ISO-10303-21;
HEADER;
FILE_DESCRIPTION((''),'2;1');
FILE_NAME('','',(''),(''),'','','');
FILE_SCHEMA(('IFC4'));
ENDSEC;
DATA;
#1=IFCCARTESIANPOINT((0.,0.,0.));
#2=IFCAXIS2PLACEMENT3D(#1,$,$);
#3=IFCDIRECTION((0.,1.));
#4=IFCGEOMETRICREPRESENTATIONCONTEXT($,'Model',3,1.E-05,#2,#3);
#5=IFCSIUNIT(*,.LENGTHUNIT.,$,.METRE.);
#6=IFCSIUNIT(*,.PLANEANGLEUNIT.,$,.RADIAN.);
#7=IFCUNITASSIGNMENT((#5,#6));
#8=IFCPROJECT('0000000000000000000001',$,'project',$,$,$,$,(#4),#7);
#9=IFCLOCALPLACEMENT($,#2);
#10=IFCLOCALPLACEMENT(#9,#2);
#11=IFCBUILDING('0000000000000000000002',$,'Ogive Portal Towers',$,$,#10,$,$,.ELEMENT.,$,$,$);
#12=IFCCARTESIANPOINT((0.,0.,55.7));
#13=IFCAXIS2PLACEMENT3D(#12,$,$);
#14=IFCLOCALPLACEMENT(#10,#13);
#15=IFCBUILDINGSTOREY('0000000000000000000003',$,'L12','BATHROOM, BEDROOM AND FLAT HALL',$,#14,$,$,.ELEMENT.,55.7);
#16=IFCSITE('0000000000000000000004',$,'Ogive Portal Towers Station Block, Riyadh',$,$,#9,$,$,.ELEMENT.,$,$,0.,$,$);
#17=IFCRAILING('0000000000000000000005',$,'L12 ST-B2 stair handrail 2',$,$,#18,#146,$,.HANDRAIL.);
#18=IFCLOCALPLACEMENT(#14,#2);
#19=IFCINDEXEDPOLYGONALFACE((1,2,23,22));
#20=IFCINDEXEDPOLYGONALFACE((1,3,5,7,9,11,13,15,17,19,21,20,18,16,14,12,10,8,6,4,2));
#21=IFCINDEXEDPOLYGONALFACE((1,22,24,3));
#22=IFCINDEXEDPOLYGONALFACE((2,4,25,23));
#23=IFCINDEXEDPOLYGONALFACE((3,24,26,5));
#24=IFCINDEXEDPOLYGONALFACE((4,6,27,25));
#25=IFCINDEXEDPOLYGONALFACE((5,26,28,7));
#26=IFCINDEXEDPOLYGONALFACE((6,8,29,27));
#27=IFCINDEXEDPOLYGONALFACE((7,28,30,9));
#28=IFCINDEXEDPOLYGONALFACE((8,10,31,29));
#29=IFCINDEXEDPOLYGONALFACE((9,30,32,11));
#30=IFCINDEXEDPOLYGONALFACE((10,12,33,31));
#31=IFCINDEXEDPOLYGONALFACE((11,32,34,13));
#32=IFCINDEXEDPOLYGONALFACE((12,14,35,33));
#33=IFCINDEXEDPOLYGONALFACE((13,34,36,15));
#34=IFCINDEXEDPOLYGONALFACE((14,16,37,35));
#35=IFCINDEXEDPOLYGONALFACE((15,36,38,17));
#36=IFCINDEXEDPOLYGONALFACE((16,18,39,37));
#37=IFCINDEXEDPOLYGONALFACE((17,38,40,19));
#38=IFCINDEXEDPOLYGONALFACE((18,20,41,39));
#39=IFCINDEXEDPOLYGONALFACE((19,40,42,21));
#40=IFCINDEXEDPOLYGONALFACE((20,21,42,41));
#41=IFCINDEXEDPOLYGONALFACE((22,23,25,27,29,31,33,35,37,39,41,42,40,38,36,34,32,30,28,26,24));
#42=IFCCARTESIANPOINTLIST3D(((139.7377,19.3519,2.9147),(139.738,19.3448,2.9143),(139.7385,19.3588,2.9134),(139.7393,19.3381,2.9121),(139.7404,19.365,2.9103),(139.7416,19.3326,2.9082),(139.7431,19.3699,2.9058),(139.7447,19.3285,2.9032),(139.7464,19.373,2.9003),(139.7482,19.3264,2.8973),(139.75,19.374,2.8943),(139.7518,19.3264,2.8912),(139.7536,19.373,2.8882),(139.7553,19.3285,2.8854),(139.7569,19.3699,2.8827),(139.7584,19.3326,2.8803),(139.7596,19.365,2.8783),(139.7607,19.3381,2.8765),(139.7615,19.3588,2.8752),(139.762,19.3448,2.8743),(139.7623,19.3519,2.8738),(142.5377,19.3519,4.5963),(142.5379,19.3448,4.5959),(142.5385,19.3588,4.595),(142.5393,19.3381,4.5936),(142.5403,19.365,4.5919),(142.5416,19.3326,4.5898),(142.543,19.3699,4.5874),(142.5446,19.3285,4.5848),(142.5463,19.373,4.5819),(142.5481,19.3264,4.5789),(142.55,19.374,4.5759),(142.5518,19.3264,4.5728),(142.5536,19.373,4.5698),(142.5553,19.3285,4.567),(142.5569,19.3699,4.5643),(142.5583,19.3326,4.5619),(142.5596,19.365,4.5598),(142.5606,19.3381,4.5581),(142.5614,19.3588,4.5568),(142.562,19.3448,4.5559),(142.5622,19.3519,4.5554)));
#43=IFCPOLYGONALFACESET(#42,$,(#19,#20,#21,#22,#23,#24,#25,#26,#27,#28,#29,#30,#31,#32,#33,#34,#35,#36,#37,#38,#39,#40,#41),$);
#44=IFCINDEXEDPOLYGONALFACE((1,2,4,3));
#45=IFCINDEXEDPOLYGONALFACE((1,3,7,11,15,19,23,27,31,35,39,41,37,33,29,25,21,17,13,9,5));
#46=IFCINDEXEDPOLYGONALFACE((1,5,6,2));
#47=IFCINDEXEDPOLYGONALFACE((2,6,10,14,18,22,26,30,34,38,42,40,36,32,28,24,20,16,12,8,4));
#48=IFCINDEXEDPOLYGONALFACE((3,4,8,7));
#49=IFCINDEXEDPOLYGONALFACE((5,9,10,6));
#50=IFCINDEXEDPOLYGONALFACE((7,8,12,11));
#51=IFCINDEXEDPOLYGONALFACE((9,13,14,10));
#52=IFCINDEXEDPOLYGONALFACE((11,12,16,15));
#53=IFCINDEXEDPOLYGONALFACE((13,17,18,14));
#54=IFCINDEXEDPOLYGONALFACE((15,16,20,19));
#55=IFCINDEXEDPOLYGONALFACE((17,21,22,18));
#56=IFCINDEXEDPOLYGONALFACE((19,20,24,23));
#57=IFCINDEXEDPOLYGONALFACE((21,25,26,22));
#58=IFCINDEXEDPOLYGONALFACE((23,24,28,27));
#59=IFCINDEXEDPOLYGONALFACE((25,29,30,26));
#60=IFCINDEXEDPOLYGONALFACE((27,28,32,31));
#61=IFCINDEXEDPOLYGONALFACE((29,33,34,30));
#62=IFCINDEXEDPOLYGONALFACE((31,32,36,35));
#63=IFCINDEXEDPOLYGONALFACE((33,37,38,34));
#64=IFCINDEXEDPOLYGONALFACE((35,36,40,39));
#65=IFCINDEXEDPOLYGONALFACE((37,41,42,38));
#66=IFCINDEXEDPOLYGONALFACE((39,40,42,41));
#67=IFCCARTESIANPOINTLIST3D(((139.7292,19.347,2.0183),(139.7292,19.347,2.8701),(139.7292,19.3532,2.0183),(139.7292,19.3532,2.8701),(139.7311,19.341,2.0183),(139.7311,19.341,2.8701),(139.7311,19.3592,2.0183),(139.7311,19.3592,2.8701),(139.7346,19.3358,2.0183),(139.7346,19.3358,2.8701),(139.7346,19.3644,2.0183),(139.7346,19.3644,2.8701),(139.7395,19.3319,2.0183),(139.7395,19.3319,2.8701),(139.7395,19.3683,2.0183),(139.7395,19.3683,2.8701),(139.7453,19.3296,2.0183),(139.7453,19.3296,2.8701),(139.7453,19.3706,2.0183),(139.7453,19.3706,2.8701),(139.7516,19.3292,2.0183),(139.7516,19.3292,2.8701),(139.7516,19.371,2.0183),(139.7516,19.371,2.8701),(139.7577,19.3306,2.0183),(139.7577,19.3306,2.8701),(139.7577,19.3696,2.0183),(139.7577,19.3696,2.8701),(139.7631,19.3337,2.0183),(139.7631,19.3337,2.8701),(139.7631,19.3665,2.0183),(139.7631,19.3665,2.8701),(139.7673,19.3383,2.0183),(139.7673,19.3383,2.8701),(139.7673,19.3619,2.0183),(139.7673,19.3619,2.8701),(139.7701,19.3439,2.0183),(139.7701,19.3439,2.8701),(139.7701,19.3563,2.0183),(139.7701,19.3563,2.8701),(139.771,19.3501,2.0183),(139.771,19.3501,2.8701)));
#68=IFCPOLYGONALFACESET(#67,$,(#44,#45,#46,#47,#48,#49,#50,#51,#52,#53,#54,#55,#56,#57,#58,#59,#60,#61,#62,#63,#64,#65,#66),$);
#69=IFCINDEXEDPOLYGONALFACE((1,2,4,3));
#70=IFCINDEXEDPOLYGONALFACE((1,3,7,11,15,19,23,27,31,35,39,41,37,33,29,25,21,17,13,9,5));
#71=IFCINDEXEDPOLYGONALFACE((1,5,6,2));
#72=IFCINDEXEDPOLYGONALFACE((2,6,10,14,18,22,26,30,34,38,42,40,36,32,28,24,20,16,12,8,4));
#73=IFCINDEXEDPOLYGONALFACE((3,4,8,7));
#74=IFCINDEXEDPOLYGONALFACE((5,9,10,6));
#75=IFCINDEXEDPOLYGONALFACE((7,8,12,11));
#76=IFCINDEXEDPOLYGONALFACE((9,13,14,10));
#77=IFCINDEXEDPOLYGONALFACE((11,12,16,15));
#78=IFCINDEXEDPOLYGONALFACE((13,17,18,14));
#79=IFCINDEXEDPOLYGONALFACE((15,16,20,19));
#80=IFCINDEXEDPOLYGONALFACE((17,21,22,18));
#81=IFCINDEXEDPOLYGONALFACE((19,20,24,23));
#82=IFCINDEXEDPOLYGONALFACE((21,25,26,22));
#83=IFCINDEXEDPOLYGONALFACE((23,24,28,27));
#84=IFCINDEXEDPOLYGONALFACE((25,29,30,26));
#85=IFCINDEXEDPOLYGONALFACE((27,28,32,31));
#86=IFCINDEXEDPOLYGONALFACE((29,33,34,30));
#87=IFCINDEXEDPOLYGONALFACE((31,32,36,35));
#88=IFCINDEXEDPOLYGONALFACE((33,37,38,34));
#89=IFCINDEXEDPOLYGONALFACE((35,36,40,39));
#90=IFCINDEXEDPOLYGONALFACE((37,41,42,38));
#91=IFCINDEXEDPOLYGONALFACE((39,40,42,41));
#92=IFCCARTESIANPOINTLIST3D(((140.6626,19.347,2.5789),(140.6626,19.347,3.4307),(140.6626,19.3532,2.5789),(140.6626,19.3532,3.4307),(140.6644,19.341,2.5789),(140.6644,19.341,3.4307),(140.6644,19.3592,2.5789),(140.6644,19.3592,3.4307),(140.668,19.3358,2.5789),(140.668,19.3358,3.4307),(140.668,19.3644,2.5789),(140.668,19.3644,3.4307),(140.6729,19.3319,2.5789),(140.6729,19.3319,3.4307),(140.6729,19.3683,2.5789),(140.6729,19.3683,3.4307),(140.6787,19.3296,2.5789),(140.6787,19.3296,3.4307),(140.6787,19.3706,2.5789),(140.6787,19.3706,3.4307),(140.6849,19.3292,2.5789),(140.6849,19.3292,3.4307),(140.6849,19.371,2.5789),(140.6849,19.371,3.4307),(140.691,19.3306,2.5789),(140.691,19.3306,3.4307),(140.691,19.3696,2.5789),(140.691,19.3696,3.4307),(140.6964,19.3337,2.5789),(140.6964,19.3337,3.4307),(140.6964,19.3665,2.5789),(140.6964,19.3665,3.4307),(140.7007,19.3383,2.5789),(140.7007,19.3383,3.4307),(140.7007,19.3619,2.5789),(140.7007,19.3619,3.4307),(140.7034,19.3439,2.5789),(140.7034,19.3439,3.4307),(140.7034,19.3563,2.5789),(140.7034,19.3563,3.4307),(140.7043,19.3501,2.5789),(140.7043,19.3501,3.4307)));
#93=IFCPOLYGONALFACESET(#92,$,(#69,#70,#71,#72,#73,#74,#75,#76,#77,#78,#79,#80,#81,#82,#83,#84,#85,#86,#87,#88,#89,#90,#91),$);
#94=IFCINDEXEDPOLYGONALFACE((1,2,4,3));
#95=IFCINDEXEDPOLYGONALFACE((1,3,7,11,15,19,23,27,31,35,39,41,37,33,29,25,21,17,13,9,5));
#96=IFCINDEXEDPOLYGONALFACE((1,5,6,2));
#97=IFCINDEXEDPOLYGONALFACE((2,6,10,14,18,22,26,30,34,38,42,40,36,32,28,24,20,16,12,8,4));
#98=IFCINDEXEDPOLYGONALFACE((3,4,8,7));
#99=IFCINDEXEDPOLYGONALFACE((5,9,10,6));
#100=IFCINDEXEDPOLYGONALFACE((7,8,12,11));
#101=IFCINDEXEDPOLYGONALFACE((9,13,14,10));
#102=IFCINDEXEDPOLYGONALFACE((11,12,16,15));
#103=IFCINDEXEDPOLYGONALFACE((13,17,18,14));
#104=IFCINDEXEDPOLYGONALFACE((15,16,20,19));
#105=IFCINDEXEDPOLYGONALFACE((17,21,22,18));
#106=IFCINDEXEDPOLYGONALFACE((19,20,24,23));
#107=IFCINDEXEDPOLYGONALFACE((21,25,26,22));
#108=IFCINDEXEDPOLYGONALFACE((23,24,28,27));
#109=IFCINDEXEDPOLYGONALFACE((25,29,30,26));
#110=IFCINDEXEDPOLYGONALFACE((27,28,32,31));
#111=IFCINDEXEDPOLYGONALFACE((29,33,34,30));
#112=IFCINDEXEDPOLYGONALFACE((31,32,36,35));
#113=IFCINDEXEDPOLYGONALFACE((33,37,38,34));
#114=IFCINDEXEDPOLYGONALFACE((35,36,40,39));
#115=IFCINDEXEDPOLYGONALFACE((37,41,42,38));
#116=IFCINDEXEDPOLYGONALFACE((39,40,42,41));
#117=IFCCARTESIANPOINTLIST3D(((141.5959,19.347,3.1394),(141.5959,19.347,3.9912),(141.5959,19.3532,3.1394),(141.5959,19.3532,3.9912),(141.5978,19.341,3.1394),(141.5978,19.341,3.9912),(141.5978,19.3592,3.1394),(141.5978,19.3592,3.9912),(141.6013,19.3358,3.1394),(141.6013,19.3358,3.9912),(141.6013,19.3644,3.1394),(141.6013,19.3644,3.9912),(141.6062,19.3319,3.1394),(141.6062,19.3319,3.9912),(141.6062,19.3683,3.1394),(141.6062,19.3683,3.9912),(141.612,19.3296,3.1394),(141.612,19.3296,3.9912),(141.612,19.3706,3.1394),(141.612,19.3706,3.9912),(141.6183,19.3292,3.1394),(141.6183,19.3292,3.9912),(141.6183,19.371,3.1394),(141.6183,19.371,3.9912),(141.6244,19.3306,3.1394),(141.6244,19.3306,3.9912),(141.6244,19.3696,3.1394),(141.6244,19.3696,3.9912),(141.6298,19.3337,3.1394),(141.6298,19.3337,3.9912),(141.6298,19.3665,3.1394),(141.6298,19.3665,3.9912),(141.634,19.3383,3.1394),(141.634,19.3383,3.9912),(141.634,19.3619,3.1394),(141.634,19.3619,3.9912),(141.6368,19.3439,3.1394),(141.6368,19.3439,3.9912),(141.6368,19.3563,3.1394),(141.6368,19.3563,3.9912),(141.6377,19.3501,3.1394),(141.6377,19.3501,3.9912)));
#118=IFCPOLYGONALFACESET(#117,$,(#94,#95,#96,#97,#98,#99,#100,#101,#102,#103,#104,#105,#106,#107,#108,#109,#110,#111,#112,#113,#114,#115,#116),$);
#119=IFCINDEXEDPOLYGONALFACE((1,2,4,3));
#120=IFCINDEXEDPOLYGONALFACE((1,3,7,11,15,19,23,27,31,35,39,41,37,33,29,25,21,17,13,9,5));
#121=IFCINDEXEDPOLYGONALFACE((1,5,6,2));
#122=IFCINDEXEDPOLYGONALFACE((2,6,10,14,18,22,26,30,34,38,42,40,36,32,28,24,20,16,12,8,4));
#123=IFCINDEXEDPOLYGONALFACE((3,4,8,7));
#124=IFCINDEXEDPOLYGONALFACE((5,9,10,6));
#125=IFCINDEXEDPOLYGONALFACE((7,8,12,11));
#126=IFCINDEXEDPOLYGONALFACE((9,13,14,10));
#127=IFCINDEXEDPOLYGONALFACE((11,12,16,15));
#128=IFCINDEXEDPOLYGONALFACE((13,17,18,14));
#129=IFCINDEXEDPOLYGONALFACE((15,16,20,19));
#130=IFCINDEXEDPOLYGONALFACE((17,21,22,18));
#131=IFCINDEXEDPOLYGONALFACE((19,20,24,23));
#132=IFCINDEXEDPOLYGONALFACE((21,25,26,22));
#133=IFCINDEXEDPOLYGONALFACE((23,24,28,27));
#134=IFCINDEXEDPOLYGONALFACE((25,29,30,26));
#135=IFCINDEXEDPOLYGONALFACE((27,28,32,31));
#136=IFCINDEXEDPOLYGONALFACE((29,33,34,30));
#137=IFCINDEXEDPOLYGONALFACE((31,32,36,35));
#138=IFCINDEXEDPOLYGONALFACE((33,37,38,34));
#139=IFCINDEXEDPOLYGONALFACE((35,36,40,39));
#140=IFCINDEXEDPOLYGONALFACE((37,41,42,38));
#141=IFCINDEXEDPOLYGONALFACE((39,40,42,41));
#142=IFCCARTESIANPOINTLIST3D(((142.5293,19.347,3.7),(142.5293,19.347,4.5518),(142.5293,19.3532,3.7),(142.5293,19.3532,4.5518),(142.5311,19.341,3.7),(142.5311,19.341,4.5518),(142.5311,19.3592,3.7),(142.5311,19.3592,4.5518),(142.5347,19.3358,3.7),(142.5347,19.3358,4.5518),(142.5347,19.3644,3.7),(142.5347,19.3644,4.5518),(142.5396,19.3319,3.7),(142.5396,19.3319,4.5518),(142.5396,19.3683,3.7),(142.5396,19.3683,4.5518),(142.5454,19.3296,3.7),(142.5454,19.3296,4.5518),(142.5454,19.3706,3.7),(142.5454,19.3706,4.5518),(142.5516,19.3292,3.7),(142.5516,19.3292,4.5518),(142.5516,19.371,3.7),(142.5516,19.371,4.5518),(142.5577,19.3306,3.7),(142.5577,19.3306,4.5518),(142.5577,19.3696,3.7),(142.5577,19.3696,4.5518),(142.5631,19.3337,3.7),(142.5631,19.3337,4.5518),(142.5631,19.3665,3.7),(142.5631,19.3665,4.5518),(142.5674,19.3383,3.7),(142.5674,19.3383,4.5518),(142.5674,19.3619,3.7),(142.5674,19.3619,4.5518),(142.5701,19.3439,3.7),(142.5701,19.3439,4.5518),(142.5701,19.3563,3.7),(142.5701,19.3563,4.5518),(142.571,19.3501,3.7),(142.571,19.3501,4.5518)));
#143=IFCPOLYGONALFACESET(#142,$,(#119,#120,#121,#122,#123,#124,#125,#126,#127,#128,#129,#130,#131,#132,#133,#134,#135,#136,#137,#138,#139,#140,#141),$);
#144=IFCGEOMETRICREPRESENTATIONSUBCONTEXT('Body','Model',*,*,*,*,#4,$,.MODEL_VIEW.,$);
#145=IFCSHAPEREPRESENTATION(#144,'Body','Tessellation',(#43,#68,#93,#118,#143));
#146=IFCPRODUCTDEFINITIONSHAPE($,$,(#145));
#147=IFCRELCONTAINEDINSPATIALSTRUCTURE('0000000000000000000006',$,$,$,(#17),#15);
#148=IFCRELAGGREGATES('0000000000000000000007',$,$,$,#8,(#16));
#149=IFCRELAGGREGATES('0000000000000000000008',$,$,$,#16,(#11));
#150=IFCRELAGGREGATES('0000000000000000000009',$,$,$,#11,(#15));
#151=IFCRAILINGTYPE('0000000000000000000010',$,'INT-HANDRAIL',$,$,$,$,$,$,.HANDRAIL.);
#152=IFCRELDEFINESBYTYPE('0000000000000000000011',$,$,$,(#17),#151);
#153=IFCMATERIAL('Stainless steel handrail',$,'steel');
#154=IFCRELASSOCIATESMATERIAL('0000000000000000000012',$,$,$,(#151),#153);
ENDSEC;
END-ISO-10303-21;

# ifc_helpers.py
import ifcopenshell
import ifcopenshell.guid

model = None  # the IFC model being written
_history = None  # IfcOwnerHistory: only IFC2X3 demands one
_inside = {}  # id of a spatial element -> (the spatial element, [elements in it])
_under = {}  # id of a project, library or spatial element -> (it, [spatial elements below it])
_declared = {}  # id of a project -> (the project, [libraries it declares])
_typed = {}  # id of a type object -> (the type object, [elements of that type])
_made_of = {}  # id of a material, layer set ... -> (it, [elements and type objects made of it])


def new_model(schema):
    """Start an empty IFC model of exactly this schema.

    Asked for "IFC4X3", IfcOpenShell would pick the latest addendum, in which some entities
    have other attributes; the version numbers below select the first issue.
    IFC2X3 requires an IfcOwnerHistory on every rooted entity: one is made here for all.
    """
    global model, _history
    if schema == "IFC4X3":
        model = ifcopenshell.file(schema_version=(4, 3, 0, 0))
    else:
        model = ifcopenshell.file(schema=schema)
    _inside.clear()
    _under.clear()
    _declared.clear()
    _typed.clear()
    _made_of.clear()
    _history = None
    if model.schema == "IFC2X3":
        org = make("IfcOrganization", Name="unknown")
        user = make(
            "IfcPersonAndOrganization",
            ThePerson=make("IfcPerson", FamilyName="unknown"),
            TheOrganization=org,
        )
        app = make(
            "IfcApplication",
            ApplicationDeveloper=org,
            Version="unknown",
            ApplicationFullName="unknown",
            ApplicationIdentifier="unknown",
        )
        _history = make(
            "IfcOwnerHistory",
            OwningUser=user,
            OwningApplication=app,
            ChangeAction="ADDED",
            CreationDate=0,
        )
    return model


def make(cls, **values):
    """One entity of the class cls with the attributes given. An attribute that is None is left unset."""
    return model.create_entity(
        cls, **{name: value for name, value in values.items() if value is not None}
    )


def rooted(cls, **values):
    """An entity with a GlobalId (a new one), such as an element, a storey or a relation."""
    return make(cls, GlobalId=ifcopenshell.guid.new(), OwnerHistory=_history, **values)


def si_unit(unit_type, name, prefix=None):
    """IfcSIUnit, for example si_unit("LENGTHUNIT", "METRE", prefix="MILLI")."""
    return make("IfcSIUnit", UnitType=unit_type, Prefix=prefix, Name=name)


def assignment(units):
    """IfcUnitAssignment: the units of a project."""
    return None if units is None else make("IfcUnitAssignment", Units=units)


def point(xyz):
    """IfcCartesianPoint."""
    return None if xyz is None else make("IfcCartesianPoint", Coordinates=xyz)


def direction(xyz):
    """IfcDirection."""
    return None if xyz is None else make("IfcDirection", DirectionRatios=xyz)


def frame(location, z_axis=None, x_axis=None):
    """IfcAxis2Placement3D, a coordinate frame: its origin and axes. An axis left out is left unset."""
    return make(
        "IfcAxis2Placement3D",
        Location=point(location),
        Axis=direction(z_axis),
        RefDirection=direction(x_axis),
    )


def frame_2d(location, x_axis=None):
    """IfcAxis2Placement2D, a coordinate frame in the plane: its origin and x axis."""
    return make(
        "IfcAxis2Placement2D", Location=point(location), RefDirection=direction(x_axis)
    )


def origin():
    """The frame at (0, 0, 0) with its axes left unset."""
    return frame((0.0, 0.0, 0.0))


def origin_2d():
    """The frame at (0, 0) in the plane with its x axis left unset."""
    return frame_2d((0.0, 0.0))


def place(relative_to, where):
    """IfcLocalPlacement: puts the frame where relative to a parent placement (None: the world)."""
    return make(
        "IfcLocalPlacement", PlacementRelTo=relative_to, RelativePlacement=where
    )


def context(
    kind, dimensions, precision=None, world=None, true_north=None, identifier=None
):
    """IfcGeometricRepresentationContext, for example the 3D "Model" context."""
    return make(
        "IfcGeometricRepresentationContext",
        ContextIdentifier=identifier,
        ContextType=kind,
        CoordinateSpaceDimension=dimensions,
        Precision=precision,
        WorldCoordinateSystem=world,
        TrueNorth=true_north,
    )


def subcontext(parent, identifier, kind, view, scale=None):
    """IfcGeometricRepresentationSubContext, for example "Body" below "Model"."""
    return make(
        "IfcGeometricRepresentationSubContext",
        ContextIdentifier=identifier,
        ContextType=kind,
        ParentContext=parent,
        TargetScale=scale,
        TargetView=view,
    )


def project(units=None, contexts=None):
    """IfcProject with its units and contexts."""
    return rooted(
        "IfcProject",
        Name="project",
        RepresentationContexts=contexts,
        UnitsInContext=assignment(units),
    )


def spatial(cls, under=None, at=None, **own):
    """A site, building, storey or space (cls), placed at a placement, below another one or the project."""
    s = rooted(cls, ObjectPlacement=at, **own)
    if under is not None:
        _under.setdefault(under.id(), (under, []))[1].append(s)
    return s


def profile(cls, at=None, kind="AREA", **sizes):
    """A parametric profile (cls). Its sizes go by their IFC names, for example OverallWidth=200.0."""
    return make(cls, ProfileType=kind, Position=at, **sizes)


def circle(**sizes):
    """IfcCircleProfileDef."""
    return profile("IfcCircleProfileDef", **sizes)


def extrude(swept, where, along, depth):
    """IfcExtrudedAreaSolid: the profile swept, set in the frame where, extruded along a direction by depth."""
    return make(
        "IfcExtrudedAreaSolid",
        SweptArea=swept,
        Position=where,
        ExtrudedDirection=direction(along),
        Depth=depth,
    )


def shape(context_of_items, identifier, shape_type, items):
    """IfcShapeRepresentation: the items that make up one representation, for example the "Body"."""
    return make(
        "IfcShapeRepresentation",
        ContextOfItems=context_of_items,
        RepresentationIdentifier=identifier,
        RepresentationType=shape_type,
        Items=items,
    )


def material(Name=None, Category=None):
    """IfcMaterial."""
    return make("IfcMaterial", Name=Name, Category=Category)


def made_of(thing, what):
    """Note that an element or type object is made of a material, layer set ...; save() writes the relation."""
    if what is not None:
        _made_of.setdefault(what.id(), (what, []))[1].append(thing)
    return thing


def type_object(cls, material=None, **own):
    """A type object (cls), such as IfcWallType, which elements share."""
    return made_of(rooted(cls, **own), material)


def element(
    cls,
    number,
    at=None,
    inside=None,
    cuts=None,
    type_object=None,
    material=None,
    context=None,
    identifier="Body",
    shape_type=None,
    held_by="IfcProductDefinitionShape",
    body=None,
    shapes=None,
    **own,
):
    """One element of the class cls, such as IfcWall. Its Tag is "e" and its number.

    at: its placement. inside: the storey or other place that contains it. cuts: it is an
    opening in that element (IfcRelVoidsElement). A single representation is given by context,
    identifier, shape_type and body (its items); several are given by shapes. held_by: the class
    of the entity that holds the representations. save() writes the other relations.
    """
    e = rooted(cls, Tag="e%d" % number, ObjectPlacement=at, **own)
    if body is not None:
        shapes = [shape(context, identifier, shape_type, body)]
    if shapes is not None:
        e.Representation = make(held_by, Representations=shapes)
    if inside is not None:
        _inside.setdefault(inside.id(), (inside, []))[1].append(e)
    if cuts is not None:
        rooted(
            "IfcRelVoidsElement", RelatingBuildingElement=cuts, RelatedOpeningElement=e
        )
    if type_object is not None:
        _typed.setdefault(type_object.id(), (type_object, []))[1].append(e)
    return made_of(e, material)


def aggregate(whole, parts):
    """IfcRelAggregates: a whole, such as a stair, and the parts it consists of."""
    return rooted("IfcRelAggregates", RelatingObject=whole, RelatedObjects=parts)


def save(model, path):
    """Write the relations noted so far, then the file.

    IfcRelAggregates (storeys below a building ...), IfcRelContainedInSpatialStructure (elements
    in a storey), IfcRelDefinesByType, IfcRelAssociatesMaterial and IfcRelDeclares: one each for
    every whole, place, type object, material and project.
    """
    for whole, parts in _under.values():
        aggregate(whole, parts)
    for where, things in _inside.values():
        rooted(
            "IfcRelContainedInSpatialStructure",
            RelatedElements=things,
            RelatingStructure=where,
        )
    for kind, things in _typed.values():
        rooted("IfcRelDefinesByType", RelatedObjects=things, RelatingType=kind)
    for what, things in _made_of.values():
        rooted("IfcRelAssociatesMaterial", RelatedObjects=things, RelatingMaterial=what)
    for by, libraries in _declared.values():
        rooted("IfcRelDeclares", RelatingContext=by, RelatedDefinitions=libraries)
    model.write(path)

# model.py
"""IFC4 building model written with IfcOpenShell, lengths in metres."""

from ifc_helpers import new_model, si_unit, direction, frame, origin, origin_2d, place, context, subcontext, project, spatial, circle, extrude, material, type_object, element, save


model = new_model("IFC4")

# Units and contexts
model_context = context("Model", 3, precision=1e-05, world=origin(), true_north=direction((0.0, 1.0)))
body_context = subcontext(model_context, "Body", "Model", "MODEL_VIEW")
ifc_project = project(units=[si_unit("LENGTHUNIT", "METRE"), si_unit("PLANEANGLEUNIT", "RADIAN")], contexts=[model_context])

# Site, building, storey
site_placement = place(None, origin())
site = spatial("IfcSite", under=ifc_project, at=site_placement, Name="Ogive Portal Towers Station Block, Riyadh", CompositionType="ELEMENT", RefElevation=0.0)
building_placement = place(site_placement, origin())
building = spatial("IfcBuilding", under=site, at=building_placement, Name="Ogive Portal Towers", CompositionType="ELEMENT")
storey_placement = place(building_placement, frame((0.0, 0.0, 55.7)))
storey = spatial("IfcBuildingStorey", under=building, at=storey_placement, Name="L12", Description="BATHROOM, BEDROOM AND FLAT HALL", CompositionType="ELEMENT", Elevation=55.7)

# Railing
ifc_material_1 = material(Name="Stainless steel handrail", Category="steel")
railing_type_1 = type_object("IfcRailingType", Name="INT-HANDRAIL", PredefinedType="HANDRAIL", material=ifc_material_1)
railing_1_placement = place(storey_placement, frame((139.75, 19.3501, 2.0183)))
element("IfcRailing", 1, at=railing_1_placement, inside=storey, type_object=railing_type_1, Name="L12 ST-B2 stair handrail 2", PredefinedType="HANDRAIL", context=body_context, shape_type="SweptSolid", body=[
    extrude(circle(Radius=0.0239, at=origin_2d()), frame((0.0, 0.0, 0.876), z_axis=(0.857275, 0.0, 0.514858), x_axis=(0.0, 1.0, 0.0)), (0.0, 0.0, 1.0), 3.2661),
    extrude(circle(Radius=0.021, at=origin_2d()), origin(), (0.0, 0.0, 1.0), 0.8518),
    extrude(circle(Radius=0.021, at=origin_2d()), frame((0.9333, 0.0, 0.5605)), (0.0, 0.0, 1.0), 0.8518),
    extrude(circle(Radius=0.021, at=origin_2d()), frame((1.8667, 0.0, 1.1211)), (0.0, 0.0, 1.0), 0.8518),
    extrude(circle(Radius=0.021, at=origin_2d()), frame((2.8, 0.0, 1.6816)), (0.0, 0.0, 1.0), 0.8518),
])

save(model, "model.ifc")
